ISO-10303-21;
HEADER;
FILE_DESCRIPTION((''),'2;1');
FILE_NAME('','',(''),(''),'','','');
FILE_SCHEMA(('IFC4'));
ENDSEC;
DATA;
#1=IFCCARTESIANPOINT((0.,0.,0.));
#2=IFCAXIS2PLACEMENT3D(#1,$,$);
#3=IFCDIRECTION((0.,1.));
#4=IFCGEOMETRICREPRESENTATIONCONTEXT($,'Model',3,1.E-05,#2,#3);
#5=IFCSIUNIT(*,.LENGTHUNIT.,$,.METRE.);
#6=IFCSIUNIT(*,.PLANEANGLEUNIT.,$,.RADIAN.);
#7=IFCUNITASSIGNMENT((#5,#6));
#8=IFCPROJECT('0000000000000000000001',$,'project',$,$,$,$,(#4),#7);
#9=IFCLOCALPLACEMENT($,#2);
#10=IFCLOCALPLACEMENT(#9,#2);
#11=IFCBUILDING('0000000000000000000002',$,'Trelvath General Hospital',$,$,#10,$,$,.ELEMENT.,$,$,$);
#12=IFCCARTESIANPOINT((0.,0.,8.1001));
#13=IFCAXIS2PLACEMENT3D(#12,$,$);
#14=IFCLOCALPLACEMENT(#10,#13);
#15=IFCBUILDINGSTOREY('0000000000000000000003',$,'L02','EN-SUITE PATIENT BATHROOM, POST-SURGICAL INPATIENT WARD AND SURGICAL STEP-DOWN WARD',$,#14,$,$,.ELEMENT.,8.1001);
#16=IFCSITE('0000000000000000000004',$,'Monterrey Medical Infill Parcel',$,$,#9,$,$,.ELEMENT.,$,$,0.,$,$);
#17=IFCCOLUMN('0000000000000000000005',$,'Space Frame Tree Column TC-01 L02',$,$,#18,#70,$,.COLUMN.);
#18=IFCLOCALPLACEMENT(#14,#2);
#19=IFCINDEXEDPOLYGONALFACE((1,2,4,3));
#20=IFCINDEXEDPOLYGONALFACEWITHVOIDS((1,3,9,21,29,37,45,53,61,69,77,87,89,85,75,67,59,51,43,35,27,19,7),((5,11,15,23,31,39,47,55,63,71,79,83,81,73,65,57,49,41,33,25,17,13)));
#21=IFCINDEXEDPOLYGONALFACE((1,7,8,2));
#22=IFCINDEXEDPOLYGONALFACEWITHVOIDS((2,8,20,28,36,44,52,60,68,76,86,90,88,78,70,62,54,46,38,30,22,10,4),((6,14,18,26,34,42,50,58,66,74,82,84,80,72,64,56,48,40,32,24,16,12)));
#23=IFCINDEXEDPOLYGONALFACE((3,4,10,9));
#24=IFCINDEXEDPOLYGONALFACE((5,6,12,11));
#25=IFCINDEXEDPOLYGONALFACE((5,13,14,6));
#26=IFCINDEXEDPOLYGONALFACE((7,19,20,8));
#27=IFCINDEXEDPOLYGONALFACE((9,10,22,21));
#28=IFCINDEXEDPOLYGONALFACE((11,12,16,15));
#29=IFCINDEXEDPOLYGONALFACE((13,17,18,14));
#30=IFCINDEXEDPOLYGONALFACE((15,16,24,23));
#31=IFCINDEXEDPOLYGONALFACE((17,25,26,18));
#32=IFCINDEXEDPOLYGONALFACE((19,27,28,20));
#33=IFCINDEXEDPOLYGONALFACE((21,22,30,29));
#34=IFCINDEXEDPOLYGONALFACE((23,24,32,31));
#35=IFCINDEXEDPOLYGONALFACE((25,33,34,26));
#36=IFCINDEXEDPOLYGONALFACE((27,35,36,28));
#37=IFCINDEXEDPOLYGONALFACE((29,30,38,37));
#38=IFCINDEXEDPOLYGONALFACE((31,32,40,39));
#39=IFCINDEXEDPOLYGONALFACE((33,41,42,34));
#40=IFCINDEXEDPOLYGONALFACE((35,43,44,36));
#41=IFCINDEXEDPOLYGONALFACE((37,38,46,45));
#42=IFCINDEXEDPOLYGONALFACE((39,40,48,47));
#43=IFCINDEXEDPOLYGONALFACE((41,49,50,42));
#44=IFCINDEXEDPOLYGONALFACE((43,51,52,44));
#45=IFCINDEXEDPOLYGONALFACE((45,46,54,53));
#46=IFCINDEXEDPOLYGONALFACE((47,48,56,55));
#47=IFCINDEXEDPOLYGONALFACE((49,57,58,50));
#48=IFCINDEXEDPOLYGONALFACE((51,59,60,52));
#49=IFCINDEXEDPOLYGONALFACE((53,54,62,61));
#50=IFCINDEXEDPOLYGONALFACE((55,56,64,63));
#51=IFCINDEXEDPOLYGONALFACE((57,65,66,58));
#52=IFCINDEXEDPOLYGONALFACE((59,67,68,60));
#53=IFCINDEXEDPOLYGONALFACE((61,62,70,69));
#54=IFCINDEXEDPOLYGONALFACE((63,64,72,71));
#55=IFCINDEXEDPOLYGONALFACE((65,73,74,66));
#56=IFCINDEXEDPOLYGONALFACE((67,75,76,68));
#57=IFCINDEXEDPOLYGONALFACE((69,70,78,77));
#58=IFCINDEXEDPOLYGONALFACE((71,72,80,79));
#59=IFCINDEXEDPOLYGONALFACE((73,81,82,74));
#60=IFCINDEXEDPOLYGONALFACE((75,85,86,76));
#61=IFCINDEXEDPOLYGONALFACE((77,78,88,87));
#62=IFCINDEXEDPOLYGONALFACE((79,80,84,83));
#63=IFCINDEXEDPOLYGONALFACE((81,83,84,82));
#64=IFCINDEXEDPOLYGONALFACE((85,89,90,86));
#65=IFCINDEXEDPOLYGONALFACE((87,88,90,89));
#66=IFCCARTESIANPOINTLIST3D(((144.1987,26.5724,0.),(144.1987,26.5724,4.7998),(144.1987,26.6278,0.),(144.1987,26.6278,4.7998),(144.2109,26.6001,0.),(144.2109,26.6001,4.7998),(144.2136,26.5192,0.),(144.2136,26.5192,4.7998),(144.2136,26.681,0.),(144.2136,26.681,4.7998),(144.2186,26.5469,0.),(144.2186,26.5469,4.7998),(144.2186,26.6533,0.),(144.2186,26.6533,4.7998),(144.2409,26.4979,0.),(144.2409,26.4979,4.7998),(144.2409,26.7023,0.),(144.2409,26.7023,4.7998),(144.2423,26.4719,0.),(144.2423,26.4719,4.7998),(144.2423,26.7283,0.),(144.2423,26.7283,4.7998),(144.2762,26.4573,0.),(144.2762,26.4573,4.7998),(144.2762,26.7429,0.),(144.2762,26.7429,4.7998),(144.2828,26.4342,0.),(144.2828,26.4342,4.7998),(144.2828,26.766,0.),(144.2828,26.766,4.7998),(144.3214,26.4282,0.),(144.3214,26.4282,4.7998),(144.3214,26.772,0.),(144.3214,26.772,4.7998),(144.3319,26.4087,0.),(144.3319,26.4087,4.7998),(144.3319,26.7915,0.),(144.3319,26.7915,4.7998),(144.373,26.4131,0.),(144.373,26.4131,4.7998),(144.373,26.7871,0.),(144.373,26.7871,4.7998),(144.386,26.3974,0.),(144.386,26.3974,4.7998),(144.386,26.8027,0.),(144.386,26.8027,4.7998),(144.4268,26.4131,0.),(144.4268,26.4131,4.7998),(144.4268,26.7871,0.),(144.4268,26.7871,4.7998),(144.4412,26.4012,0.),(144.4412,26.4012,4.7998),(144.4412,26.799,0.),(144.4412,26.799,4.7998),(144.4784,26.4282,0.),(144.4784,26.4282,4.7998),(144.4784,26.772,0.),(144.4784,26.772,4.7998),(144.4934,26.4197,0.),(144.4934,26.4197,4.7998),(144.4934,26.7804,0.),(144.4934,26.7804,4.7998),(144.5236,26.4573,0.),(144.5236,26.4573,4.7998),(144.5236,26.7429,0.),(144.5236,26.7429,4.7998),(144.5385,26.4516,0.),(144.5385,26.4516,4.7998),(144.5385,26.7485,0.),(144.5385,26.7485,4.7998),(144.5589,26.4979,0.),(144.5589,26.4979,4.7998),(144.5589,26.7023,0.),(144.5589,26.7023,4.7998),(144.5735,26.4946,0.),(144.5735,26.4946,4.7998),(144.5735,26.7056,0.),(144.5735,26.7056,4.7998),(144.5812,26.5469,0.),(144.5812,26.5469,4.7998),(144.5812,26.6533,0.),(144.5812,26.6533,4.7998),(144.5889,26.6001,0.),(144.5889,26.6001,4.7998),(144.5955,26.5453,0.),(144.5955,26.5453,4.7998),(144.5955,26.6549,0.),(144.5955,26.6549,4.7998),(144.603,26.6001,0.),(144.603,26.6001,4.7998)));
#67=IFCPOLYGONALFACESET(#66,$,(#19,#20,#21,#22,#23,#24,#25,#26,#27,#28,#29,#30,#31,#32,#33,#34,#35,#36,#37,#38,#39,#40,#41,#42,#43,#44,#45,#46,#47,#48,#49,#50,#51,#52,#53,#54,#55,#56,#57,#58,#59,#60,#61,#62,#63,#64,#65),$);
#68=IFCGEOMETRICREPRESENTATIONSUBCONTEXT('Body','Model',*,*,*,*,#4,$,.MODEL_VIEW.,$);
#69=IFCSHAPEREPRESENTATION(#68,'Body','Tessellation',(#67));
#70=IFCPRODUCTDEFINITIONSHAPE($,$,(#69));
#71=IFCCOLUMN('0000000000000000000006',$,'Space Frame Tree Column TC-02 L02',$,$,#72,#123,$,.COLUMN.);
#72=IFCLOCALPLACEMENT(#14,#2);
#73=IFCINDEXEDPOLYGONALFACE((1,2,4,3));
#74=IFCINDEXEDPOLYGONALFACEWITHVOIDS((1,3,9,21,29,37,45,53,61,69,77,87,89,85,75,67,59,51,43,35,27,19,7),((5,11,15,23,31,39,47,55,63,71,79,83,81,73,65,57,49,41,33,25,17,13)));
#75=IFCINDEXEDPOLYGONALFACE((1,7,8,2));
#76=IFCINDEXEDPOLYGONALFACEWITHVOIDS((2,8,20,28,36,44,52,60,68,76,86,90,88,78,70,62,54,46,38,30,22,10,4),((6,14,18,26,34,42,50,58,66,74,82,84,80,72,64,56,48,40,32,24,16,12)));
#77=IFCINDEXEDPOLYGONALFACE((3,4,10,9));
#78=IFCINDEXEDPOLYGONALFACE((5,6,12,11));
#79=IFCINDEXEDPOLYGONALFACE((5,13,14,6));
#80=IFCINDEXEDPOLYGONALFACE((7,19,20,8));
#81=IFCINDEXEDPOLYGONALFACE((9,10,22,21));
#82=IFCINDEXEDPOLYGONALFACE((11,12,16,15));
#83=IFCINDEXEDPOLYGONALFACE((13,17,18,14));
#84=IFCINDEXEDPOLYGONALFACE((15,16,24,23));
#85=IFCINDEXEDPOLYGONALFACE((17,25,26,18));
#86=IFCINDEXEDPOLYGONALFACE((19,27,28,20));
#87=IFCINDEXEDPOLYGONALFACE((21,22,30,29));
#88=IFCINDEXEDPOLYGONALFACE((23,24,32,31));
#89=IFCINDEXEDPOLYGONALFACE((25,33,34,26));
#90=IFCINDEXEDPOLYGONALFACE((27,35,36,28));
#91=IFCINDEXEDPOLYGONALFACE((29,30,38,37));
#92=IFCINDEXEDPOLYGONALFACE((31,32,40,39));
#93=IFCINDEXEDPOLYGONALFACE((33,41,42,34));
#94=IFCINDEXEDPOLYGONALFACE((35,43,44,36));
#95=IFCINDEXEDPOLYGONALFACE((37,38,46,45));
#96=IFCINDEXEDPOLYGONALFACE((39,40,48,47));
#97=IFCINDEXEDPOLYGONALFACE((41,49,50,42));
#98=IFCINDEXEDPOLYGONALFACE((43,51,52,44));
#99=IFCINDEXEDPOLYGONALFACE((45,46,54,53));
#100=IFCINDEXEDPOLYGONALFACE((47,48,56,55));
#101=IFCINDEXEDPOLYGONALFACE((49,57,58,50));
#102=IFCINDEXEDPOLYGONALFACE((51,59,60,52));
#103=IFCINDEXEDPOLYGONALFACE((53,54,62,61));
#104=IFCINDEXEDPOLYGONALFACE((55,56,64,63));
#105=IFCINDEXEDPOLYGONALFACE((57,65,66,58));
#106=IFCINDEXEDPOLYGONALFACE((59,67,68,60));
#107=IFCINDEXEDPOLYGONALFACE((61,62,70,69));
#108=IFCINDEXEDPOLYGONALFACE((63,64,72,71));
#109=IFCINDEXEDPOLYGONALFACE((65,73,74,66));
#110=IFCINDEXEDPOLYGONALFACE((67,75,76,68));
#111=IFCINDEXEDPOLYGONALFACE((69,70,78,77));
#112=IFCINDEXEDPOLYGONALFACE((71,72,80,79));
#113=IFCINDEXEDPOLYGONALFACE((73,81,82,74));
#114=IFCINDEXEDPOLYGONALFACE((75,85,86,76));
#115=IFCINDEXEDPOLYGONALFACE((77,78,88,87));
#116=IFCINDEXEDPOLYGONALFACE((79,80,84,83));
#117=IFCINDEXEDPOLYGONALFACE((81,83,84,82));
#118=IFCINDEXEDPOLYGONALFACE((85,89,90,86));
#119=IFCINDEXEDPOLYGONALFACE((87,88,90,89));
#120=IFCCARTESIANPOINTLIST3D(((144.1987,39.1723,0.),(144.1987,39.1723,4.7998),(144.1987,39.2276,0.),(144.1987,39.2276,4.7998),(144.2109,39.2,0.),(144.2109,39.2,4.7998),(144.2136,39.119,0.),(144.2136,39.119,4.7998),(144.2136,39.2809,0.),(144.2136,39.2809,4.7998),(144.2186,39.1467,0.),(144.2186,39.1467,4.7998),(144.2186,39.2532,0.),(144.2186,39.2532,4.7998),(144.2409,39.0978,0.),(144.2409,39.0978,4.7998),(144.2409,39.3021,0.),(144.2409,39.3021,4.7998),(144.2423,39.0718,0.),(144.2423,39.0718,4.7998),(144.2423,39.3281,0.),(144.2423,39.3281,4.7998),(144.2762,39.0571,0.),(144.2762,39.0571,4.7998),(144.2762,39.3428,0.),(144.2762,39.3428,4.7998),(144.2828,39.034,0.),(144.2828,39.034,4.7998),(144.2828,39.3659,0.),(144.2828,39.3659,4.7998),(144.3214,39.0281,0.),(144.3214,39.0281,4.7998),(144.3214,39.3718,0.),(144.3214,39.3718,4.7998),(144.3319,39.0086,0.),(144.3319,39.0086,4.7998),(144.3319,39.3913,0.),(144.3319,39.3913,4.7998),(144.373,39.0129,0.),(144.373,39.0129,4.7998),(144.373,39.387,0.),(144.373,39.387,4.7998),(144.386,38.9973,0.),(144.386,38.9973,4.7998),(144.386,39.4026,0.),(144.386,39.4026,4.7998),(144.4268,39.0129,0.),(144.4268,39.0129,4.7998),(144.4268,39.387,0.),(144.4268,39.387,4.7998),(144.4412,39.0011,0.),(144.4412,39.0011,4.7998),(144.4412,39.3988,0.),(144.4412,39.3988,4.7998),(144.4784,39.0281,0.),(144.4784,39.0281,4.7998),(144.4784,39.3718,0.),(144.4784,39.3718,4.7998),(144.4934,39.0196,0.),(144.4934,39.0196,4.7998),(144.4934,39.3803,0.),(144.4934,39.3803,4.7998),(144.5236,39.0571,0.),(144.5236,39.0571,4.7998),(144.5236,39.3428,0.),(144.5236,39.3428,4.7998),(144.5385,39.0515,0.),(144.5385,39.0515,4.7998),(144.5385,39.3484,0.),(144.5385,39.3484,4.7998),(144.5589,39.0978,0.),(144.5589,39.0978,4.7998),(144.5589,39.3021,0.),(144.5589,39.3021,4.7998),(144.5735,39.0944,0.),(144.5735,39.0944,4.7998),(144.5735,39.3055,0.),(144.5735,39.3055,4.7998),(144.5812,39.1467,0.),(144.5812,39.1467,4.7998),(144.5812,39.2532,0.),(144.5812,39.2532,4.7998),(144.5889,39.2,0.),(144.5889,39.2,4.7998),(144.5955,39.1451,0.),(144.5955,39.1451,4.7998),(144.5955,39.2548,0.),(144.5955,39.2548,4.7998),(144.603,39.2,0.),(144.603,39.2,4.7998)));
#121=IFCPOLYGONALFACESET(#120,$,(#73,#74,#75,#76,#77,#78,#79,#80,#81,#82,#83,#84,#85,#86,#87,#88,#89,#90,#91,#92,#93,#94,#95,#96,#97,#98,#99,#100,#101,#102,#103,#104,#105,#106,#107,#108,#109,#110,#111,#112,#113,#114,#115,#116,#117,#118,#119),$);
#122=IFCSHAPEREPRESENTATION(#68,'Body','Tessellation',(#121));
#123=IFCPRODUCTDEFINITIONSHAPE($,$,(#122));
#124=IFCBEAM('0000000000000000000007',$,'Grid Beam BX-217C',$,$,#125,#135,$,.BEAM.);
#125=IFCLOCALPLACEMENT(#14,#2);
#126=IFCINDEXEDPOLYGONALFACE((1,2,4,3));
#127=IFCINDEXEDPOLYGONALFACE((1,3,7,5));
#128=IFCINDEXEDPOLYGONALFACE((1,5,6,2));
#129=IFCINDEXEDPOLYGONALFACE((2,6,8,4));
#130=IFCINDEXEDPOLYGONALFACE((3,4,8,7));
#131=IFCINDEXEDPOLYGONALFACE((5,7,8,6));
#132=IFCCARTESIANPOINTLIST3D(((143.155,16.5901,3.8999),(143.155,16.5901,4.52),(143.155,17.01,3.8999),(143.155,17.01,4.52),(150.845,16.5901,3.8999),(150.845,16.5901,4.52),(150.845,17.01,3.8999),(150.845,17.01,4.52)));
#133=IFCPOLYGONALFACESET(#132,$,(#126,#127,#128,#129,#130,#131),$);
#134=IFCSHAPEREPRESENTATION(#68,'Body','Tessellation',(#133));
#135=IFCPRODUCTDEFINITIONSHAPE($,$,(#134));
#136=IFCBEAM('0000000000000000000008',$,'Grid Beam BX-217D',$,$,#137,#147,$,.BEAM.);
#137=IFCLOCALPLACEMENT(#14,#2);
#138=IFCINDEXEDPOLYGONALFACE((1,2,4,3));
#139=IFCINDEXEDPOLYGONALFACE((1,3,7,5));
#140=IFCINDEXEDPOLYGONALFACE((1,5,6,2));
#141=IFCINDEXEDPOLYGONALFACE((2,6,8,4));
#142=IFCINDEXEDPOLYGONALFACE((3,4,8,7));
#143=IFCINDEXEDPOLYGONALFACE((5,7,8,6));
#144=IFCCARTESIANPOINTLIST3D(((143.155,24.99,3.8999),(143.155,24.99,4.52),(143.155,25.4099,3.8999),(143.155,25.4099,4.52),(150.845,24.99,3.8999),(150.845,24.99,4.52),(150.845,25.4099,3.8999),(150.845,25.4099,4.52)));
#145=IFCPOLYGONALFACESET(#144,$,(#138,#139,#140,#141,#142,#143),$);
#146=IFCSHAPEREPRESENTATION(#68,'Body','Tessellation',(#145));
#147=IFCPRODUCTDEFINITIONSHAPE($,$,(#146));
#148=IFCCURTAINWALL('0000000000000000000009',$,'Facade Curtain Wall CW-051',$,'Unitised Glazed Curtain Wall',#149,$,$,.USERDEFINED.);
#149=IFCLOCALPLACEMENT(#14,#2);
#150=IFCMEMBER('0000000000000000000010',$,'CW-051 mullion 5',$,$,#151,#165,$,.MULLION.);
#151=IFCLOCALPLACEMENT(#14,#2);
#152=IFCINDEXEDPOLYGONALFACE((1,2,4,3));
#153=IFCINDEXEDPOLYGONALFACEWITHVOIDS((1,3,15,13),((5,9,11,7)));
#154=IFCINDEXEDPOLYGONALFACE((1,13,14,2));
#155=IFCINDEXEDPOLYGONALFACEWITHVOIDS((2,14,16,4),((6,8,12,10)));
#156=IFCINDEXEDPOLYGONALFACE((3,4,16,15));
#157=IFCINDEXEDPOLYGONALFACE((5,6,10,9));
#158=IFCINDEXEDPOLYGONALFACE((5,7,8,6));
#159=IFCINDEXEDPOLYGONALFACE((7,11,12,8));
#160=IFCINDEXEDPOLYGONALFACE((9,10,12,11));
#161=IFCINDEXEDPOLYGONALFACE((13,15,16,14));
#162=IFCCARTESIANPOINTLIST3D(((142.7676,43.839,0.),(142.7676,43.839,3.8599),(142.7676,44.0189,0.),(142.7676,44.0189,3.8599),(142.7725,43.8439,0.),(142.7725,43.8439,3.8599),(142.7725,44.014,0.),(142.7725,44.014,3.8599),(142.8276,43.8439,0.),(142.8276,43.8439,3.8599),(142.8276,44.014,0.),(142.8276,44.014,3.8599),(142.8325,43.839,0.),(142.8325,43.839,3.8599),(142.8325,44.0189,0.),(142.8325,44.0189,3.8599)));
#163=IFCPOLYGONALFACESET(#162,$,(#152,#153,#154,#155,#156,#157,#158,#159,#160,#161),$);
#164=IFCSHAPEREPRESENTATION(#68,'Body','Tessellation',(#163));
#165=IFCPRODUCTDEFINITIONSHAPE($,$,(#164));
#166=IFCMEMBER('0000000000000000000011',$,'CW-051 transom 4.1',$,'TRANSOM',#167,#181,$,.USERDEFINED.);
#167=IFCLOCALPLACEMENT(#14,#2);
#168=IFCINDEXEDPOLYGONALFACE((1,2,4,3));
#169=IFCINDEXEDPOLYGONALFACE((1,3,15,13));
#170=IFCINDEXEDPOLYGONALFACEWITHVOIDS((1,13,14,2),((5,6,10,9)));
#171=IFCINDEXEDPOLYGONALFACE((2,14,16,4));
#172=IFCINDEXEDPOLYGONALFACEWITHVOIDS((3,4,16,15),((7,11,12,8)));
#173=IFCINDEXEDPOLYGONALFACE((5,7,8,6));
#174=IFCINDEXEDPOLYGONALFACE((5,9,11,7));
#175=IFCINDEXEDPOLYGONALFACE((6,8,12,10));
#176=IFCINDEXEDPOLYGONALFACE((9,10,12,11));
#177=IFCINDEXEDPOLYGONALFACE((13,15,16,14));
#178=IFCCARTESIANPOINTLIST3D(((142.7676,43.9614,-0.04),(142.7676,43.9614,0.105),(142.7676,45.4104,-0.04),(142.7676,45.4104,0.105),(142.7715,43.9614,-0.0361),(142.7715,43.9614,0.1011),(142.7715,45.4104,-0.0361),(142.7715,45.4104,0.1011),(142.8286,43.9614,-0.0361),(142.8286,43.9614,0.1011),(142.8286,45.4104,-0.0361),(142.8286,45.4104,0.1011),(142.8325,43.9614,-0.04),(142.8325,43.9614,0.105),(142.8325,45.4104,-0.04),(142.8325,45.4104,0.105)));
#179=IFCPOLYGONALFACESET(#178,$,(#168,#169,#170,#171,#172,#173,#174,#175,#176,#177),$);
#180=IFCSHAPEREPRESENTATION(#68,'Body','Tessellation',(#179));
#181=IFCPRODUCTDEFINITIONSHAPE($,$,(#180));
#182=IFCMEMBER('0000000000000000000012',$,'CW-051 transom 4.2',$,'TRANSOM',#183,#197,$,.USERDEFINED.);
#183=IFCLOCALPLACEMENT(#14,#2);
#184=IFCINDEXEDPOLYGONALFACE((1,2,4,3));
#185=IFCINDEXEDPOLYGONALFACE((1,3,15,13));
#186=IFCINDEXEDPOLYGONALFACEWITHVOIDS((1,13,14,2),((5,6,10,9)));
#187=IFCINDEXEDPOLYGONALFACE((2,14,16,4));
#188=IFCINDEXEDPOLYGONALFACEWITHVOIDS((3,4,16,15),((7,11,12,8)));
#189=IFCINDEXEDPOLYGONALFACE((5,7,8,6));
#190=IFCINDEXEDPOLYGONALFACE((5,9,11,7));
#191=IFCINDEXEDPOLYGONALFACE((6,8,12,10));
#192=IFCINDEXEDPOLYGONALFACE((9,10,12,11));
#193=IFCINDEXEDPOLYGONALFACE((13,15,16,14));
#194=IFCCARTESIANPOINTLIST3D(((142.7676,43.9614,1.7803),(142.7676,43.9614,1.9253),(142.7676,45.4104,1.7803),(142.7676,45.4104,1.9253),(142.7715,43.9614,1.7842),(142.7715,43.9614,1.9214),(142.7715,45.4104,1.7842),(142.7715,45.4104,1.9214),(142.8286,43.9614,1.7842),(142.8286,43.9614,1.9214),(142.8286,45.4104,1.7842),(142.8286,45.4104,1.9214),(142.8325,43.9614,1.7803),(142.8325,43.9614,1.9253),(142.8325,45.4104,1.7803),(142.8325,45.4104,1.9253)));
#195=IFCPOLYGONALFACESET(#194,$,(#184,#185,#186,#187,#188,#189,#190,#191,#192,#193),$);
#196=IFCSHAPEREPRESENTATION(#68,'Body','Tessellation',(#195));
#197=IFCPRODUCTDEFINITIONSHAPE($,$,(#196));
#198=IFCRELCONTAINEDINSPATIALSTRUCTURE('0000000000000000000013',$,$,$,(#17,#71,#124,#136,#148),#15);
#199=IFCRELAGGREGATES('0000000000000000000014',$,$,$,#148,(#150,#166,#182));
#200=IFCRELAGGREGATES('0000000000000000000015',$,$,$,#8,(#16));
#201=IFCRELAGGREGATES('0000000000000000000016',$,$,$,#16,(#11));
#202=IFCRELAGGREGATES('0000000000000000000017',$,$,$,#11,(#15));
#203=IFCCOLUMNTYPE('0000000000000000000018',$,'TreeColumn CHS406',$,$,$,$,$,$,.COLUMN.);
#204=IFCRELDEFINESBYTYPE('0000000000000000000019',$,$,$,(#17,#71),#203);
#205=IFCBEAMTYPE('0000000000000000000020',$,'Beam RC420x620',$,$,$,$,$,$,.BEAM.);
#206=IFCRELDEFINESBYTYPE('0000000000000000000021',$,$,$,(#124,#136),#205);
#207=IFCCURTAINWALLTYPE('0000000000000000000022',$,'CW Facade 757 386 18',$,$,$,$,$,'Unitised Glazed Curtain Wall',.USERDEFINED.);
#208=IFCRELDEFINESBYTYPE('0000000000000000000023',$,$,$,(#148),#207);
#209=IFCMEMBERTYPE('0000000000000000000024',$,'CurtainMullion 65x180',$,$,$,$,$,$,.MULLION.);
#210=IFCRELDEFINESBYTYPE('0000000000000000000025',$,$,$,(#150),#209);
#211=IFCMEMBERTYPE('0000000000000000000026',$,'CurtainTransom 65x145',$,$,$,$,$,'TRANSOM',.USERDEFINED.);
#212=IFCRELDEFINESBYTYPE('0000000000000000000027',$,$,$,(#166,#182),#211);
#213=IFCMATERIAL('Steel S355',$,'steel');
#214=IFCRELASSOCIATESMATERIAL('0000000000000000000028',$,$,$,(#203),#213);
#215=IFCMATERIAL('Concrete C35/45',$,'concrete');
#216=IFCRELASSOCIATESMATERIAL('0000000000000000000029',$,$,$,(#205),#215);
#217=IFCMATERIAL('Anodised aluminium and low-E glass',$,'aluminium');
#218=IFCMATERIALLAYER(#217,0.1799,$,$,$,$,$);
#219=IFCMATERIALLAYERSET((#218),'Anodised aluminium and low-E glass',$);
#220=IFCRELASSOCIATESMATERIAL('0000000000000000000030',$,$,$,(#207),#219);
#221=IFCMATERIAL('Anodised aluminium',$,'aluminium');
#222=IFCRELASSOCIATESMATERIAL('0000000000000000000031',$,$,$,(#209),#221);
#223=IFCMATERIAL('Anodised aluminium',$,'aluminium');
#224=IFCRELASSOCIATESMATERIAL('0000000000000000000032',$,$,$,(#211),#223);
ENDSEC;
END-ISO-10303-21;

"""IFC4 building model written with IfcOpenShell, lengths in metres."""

from ifc_helpers import new_model, si_unit, direction, frame, origin, origin_2d, place, context, subcontext, project, spatial, rectangle, hollow_rectangle, hollow_circle, extrude, material, layer, layer_set, material_profile, profile_set, type_object, element, aggregate, save


model = new_model("IFC4")

# Units and contexts
model_context = context("Model", 3, precision=1e-05, world=origin(), true_north=direction((0.0, 1.0)))
body_context = subcontext(model_context, "Body", "Model", "MODEL_VIEW")
ifc_project = project(units=[si_unit("LENGTHUNIT", "METRE"), si_unit("PLANEANGLEUNIT", "RADIAN")], contexts=[model_context])

# Site, building, storey
site_placement = place(None, origin())
site = spatial("IfcSite", under=ifc_project, at=site_placement, Name="Monterrey Medical Infill Parcel", CompositionType="ELEMENT", RefElevation=0.0)
building_placement = place(site_placement, origin())
building = spatial("IfcBuilding", under=site, at=building_placement, Name="Trelvath General Hospital", CompositionType="ELEMENT")
storey_placement = place(building_placement, frame((0.0, 0.0, 8.1001)))
storey = spatial("IfcBuildingStorey", under=building, at=storey_placement, Name="L02", Description="EN-SUITE PATIENT BATHROOM, POST-SURGICAL INPATIENT WARD AND SURGICAL STEP-DOWN WARD", CompositionType="ELEMENT", Elevation=8.1001)

# Columns
ifc_material_1 = material(Name="Steel S355", Category="steel")
ifc_material_profile_1 = material_profile(ifc_material_1, hollow_circle(Radius=0.2031, WallThickness=0.0142, at=origin_2d()), Name="CHS406.4x14.2")
ifc_profile_set_1 = profile_set([ifc_material_profile_1], Name="Steel S355")
column_type = type_object("IfcColumnType", Name="TreeColumn CHS406", PredefinedType="COLUMN", material=ifc_profile_set_1)
for number, where, z_axis, x_axis, name in (
    (1, (144.3999, 26.6001, 0.0), (0.0, 0.0, 1.0), (1.0, 0.0, 0.0), "Space Frame Tree Column TC-01 L02"),
    (2, (144.3999, 39.2, 0.0), (0.0, 0.0, 1.0), (1.0, 0.0, 0.0), "Space Frame Tree Column TC-02 L02"),
):
    element("IfcColumn", number, at=place(storey_placement, frame(where, z_axis=z_axis, x_axis=x_axis)), inside=storey, type_object=column_type, Name=name, PredefinedType="COLUMN", context=body_context, shape_type="SweptSolid", body=[
        extrude(hollow_circle(Radius=0.2031, WallThickness=0.0142, at=origin_2d()), origin(), (0.0, 0.0, 1.0), 4.7998),
    ])

# Beams
ifc_material_2 = material(Name="Concrete C35/45", Category="concrete")
ifc_material_profile_2 = material_profile(ifc_material_2, rectangle(XDim=0.4199, YDim=0.6201, at=origin_2d()), Name="RCB420x620")
ifc_profile_set_2 = profile_set([ifc_material_profile_2], Name="Concrete C35/45")
beam_type_1 = type_object("IfcBeamType", Name="Beam RC420x620", PredefinedType="BEAM", material=ifc_profile_set_2)
for number, where, z_axis, x_axis, name in (
    (3, (143.155, 16.8, 4.21), (1.0, 0.0, 0.0), (0.0, 1.0, 0.0), "Grid Beam BX-217C"),
    (4, (143.155, 25.2, 4.21), (1.0, 0.0, 0.0), (0.0, 1.0, 0.0), "Grid Beam BX-217D"),
):
    element("IfcBeam", number, at=place(storey_placement, frame(where, z_axis=z_axis, x_axis=x_axis)), inside=storey, type_object=beam_type_1, Name=name, PredefinedType="BEAM", context=body_context, shape_type="SweptSolid", body=[
        extrude(rectangle(XDim=0.4199, YDim=0.6201, at=origin_2d()), origin(), (0.0, 0.0, 1.0), 7.6899),
    ])

# Curtain wall, members
ifc_material_3 = material(Name="Anodised aluminium and low-E glass", Category="aluminium")
ifc_layer_1 = layer(ifc_material_3, 0.1799)
ifc_layer_set_1 = layer_set([ifc_layer_1], Name="Anodised aluminium and low-E glass")
curtain_wall_type = type_object("IfcCurtainWallType", Name="CW Facade 757 386 18", ElementType="Unitised Glazed Curtain Wall", PredefinedType="USERDEFINED", material=ifc_layer_set_1)
curtain_wall_placement = place(storey_placement, origin())
curtain_wall = element("IfcCurtainWall", 5, at=curtain_wall_placement, inside=storey, type_object=curtain_wall_type, Name="Facade Curtain Wall CW-051", ObjectType="Unitised Glazed Curtain Wall", PredefinedType="USERDEFINED")
ifc_material_4 = material(Name="Anodised aluminium", Category="aluminium")
ifc_material_profile_3 = material_profile(ifc_material_4, hollow_rectangle(XDim=0.0649, YDim=0.1799, WallThickness=0.0049, at=origin_2d()), Name="RHS65x180x5")
ifc_profile_set_3 = profile_set([ifc_material_profile_3], Name="Anodised aluminium")
member_type_1 = type_object("IfcMemberType", Name="CurtainMullion 65x180", PredefinedType="MULLION", material=ifc_profile_set_3)
member_1_placement = place(storey_placement, frame((142.8, 43.929, 0.0), z_axis=(0.0, 0.0, 1.0), x_axis=(1.0, 0.0, 0.0)))
member_1 = element("IfcMember", 6, at=member_1_placement, type_object=member_type_1, Name="CW-051 mullion 5", PredefinedType="MULLION", context=body_context, shape_type="SweptSolid", body=[
    extrude(hollow_rectangle(XDim=0.0649, YDim=0.1799, WallThickness=0.0049, at=origin_2d()), origin(), (0.0, 0.0, 1.0), 3.8599),
])
ifc_material_5 = material(Name="Anodised aluminium", Category="aluminium")
ifc_material_profile_4 = material_profile(ifc_material_5, hollow_rectangle(XDim=0.0649, YDim=0.145, WallThickness=0.0039, at=origin_2d()), Name="RHS65x145x4")
ifc_profile_set_4 = profile_set([ifc_material_profile_4], Name="Anodised aluminium")
member_type_2 = type_object("IfcMemberType", Name="CurtainTransom 65x145", ElementType="TRANSOM", PredefinedType="USERDEFINED", material=ifc_profile_set_4)
member_2_placement = place(storey_placement, frame((142.8, 45.4104, 0.0325), z_axis=(0.0, -1.0, 0.0), x_axis=(1.0, 0.0, 0.0)))
member_2 = element("IfcMember", 7, at=member_2_placement, type_object=member_type_2, Name="CW-051 transom 4.1", ObjectType="TRANSOM", PredefinedType="USERDEFINED", context=body_context, shape_type="SweptSolid", body=[
    extrude(hollow_rectangle(XDim=0.0649, YDim=0.145, WallThickness=0.0039, at=origin_2d()), origin(), (0.0, 0.0, 1.0), 1.449),
])
member_3_placement = place(storey_placement, frame((142.8, 45.4104, 1.8528), z_axis=(0.0, -1.0, 0.0), x_axis=(1.0, 0.0, 0.0)))
member_3 = element("IfcMember", 8, at=member_3_placement, type_object=member_type_2, Name="CW-051 transom 4.2", ObjectType="TRANSOM", PredefinedType="USERDEFINED", context=body_context, shape_type="SweptSolid", body=[
    extrude(hollow_rectangle(XDim=0.0649, YDim=0.145, WallThickness=0.0039, at=origin_2d()), origin(), (0.0, 0.0, 1.0), 1.449),
])

aggregate(curtain_wall, [member_1, member_2, member_3])

save(model, "model.ifc")
